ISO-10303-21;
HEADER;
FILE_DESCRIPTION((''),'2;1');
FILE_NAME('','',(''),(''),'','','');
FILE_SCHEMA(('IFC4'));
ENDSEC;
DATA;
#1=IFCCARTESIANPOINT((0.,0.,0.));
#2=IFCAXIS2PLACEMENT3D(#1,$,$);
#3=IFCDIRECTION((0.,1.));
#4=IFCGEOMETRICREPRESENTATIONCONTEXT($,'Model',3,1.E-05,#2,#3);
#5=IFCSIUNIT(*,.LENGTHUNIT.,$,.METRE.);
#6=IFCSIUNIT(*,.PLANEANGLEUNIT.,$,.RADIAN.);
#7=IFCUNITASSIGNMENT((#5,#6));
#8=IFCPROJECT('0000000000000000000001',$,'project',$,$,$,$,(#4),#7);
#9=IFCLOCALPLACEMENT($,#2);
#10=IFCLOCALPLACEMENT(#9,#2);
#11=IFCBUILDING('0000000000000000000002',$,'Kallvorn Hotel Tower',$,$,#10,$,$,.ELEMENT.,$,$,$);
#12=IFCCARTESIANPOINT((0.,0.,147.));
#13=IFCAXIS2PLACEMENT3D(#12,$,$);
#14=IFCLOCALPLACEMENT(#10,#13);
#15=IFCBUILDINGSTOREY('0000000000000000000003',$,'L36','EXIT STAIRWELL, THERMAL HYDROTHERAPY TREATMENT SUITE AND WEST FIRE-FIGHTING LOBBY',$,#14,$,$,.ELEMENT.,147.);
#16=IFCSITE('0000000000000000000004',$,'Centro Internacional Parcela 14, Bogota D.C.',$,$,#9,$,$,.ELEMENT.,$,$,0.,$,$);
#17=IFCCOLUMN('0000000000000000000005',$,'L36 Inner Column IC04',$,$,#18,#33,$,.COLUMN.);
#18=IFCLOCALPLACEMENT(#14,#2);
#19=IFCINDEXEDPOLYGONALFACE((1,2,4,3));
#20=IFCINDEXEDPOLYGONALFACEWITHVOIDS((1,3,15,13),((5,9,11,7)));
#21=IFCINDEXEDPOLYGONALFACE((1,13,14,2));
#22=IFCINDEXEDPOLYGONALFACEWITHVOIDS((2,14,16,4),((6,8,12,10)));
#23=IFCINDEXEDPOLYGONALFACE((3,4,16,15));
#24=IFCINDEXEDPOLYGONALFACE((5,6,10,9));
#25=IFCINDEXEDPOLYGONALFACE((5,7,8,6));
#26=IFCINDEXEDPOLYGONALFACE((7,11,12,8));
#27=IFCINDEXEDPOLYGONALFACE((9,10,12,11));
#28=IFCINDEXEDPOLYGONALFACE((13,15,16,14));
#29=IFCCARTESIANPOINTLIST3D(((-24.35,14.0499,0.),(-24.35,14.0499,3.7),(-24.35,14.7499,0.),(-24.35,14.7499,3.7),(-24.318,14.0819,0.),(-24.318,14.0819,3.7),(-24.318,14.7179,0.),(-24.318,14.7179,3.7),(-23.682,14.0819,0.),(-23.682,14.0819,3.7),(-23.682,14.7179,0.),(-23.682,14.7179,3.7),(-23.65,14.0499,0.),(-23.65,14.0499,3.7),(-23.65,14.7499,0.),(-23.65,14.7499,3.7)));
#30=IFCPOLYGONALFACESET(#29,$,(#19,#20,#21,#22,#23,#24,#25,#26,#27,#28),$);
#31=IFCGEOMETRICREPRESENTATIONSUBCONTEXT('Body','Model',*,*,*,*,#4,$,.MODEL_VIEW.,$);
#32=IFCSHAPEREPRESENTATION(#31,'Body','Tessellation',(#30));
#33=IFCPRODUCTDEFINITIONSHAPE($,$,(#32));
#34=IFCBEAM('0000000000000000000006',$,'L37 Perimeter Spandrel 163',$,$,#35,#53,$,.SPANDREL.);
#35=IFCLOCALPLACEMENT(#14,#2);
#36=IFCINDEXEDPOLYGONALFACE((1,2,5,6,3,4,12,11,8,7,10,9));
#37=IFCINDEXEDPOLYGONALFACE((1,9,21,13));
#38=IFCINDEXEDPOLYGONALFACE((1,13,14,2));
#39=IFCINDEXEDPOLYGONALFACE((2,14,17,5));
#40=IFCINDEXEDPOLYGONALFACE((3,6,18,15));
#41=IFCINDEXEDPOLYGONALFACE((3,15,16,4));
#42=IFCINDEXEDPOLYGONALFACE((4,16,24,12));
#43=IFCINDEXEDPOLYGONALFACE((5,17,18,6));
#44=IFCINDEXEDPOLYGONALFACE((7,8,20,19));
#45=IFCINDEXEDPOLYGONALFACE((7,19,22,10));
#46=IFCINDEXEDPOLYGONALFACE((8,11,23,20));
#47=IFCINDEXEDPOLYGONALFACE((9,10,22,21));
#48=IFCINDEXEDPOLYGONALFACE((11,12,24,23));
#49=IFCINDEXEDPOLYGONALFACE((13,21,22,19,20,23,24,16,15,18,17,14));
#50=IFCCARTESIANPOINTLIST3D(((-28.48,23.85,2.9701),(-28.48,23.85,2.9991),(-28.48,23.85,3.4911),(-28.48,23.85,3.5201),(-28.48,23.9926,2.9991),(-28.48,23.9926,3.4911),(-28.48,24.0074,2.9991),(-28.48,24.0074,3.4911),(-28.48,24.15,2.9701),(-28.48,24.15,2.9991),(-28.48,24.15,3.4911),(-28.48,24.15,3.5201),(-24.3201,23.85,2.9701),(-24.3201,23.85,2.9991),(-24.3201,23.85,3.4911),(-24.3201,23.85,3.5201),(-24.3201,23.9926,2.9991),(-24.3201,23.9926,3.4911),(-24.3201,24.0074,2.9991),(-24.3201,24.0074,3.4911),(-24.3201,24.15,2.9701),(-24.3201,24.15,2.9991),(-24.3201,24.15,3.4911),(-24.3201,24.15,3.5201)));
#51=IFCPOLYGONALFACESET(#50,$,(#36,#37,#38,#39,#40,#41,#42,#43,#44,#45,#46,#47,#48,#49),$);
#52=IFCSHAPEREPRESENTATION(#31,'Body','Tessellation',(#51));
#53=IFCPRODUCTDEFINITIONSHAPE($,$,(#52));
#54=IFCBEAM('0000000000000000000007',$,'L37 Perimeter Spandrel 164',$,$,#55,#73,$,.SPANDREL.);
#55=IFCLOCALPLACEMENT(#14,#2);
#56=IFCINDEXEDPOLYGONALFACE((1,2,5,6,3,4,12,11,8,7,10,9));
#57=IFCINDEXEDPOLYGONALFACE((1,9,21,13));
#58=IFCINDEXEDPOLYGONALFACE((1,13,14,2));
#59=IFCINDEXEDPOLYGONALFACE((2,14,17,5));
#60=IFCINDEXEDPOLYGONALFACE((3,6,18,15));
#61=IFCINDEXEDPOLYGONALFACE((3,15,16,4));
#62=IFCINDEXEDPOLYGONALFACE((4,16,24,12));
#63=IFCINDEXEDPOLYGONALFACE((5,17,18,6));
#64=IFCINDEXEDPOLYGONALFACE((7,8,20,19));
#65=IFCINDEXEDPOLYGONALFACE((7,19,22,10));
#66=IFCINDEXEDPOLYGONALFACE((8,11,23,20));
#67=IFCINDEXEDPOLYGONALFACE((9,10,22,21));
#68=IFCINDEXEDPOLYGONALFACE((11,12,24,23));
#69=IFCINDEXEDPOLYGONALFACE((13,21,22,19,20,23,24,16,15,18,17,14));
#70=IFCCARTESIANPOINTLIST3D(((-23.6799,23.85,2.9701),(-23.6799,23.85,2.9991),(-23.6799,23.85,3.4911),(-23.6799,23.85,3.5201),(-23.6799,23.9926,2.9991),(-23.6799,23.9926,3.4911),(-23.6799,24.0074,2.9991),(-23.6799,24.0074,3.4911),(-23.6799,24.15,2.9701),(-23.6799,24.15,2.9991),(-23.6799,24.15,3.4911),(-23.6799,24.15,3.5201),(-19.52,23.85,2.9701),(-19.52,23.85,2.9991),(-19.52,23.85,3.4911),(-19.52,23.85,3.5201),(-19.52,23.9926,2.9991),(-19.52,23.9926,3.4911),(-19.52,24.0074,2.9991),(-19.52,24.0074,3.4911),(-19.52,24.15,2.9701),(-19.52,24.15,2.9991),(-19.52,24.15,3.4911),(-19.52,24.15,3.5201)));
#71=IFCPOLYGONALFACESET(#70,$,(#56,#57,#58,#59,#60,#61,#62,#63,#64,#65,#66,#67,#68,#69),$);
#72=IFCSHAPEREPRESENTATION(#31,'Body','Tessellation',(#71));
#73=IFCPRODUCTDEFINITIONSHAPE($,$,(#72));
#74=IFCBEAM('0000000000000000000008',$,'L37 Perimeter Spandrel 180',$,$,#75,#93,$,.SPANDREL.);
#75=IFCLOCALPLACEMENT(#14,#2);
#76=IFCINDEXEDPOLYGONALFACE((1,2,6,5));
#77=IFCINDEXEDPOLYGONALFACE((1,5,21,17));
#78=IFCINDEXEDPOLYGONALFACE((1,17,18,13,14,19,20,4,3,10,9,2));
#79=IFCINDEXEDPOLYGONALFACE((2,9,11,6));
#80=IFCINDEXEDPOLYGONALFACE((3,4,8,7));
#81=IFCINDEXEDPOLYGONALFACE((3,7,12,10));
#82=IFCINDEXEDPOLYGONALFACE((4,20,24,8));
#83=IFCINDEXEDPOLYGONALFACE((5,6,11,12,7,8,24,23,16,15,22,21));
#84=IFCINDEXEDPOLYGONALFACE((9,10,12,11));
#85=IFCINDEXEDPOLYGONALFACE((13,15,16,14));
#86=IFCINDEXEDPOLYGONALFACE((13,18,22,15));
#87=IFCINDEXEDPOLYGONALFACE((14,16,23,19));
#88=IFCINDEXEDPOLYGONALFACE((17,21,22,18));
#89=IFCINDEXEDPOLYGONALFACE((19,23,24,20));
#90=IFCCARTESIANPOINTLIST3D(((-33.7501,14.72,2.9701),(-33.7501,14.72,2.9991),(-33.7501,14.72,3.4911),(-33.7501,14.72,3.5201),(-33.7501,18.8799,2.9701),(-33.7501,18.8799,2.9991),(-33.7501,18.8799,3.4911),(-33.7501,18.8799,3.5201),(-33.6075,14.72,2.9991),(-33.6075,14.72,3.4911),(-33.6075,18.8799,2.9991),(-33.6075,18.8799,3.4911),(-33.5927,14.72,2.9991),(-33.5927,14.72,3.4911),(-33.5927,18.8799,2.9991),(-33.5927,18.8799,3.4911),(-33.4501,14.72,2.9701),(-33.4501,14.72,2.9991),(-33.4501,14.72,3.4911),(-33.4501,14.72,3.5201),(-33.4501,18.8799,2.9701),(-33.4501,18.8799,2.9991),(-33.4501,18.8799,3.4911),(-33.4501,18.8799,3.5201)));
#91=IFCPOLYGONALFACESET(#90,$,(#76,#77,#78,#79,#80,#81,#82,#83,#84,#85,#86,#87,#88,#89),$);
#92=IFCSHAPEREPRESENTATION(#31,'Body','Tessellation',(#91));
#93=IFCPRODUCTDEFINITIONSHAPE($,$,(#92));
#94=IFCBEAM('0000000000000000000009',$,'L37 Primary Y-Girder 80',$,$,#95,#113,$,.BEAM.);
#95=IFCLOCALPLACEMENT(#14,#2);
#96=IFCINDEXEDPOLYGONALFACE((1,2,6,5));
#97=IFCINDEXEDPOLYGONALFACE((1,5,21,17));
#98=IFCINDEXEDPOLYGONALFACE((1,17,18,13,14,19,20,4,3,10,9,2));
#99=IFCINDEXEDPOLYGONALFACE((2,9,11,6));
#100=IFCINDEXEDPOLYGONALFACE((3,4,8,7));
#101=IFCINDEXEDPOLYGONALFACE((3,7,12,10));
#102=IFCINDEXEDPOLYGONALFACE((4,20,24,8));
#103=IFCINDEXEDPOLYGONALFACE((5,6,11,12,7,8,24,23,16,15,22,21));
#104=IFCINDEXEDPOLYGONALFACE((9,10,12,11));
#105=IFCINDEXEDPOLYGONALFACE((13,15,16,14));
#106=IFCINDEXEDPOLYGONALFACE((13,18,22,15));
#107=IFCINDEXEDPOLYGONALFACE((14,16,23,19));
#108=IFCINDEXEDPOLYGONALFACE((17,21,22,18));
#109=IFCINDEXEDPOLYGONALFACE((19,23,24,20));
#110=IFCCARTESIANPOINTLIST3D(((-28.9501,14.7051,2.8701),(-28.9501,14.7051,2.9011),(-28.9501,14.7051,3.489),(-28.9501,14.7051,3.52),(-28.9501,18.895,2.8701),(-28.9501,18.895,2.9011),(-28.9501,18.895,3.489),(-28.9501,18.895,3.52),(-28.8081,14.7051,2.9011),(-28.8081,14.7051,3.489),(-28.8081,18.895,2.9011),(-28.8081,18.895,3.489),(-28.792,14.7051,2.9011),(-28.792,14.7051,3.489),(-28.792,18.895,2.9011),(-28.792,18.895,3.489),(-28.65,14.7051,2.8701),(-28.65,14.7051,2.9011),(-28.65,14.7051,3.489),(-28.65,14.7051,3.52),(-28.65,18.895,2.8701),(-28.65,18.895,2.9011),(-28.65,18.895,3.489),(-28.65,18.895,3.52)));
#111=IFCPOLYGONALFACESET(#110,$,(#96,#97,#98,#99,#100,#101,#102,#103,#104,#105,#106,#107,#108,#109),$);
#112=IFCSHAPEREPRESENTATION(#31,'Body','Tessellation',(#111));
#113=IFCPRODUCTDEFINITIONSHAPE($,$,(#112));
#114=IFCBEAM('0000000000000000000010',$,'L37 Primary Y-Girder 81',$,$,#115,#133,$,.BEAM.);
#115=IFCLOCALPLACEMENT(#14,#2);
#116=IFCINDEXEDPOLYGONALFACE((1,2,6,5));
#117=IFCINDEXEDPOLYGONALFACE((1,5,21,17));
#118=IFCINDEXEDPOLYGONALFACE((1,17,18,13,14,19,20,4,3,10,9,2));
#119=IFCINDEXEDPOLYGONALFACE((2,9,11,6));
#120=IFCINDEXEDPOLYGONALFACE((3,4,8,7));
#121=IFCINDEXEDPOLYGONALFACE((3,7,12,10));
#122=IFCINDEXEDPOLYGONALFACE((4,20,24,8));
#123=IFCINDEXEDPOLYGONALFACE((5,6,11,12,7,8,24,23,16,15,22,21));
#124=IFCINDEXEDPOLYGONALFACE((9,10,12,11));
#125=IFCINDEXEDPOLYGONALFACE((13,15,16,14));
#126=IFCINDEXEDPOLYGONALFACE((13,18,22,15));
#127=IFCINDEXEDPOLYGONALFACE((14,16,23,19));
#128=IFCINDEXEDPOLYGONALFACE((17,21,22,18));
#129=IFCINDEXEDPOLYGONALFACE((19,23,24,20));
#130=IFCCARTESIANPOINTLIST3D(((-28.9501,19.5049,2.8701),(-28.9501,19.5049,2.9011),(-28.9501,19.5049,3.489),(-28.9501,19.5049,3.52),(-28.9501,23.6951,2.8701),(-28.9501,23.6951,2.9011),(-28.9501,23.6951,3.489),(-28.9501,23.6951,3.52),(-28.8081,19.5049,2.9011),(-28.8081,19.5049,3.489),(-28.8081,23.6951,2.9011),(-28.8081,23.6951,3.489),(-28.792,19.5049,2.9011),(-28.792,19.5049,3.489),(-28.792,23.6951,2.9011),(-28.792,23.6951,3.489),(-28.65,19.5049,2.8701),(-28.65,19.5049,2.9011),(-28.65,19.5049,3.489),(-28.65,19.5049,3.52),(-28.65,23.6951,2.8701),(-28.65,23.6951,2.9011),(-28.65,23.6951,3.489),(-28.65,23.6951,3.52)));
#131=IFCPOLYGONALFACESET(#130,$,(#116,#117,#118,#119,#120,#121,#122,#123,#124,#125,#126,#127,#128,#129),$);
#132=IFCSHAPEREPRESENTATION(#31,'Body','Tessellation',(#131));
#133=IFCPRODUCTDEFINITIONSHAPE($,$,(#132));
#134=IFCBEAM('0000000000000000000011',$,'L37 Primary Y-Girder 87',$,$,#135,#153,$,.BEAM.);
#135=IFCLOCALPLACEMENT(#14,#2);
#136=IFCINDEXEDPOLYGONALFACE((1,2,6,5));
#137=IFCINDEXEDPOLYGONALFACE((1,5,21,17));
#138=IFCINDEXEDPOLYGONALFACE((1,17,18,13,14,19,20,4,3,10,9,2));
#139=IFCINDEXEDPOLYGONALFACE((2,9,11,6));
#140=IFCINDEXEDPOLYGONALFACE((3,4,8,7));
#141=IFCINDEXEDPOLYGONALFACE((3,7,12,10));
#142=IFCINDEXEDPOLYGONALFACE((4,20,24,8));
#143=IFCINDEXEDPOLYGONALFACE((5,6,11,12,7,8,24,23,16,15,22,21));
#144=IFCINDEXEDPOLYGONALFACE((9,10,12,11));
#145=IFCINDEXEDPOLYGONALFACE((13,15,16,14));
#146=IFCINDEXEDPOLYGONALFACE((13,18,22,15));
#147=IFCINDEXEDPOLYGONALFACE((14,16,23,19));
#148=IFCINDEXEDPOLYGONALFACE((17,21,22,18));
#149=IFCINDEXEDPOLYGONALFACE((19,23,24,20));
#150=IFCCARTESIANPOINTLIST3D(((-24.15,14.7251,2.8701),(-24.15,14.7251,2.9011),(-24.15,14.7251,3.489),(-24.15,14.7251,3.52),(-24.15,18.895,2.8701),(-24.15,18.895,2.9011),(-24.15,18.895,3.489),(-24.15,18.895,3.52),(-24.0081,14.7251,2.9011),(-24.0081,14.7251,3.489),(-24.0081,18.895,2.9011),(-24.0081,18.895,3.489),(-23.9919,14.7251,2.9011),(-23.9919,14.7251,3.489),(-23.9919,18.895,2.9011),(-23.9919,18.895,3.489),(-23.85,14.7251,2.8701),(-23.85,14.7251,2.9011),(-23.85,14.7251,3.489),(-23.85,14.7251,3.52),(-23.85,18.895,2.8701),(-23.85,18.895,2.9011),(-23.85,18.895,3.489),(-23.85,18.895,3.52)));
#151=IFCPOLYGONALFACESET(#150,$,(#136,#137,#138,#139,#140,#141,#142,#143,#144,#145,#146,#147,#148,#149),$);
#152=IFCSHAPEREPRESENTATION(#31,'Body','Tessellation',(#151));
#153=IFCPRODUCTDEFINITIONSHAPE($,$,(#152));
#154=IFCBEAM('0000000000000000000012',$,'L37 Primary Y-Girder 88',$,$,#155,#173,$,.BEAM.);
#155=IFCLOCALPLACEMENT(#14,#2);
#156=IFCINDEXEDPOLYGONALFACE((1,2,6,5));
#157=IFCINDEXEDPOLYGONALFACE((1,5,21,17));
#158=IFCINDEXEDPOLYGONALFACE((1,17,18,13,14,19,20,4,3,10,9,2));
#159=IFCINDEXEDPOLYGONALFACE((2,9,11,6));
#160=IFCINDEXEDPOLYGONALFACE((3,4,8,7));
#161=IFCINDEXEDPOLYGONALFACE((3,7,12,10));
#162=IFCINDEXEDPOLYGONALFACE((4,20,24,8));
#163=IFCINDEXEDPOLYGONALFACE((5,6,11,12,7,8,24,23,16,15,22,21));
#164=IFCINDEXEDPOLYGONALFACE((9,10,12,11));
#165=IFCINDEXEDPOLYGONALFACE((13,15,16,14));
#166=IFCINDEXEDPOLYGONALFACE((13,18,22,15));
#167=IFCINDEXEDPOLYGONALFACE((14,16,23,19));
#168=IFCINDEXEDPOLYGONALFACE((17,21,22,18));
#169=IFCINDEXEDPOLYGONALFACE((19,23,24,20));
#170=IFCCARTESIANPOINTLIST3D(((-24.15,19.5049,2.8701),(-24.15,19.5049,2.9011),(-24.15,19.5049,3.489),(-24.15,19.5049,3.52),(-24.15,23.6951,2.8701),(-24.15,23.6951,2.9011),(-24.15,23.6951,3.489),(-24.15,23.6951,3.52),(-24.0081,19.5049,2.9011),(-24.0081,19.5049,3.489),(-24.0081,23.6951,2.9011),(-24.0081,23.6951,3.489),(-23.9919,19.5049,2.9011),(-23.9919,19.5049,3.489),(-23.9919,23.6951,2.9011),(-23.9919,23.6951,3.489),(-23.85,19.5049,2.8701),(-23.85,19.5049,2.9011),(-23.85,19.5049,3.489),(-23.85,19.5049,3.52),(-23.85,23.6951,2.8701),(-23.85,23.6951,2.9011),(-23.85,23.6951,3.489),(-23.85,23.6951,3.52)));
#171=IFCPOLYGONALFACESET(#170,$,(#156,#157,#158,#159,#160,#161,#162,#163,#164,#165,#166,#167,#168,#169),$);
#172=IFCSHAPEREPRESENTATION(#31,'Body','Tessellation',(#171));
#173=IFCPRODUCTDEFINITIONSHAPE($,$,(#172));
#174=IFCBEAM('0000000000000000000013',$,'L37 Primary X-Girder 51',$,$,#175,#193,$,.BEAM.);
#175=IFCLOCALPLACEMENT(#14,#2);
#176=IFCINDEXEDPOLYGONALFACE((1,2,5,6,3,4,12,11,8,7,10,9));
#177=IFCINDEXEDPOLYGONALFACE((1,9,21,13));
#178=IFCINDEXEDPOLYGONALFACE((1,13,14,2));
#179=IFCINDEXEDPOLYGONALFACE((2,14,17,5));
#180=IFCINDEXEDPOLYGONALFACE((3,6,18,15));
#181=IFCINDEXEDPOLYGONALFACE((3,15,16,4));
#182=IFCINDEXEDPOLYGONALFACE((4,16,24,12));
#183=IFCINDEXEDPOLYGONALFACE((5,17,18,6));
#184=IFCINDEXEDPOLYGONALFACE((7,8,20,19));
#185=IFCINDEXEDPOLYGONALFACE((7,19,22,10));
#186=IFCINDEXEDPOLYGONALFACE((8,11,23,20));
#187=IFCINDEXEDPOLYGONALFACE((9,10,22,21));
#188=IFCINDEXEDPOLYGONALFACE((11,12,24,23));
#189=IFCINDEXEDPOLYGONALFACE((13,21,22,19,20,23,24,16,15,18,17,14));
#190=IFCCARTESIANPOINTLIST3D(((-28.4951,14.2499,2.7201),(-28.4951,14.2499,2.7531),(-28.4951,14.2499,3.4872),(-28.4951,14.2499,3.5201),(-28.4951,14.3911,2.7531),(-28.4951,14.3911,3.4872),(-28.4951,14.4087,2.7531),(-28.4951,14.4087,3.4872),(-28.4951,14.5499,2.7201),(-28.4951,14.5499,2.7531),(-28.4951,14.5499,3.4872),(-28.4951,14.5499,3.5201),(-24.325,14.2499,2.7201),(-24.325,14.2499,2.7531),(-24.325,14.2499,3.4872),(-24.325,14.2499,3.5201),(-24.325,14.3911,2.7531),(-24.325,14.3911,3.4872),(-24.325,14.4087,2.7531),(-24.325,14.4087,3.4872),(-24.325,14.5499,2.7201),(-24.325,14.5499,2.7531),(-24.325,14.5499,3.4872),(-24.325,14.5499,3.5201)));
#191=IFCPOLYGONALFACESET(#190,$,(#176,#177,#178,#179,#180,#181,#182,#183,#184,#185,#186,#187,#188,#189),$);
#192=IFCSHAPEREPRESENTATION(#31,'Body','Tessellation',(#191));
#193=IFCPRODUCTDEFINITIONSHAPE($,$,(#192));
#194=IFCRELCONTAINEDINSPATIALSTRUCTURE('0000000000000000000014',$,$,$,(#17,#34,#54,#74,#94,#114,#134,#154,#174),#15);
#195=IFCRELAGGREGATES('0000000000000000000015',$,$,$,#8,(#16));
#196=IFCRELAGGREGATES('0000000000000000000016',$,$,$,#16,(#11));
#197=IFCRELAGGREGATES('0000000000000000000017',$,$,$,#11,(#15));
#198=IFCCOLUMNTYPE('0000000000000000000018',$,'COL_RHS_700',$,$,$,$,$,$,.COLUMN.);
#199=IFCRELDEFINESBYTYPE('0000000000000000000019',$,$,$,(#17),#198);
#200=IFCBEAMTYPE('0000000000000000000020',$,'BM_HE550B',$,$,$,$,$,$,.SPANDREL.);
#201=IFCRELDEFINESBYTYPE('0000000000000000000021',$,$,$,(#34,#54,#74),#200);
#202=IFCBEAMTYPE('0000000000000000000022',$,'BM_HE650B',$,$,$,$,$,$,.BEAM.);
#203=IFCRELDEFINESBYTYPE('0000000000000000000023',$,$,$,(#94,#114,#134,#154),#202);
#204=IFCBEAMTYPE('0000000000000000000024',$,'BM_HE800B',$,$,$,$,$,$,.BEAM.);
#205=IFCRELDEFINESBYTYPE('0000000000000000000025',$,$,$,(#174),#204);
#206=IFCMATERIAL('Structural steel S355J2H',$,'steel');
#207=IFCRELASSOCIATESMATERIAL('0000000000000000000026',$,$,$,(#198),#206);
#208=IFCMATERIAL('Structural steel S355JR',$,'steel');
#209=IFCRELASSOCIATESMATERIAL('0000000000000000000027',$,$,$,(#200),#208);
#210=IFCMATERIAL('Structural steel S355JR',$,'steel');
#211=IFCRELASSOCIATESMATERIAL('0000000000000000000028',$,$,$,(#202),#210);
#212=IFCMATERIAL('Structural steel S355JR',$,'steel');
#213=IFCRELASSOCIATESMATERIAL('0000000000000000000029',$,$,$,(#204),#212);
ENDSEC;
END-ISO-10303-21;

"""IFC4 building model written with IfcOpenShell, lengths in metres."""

from ifc_helpers import new_model, si_unit, direction, frame, origin, origin_2d, place, context, subcontext, project, spatial, hollow_rectangle, i_section, extrude, material, material_profile, profile_set, type_object, element, save


model = new_model("IFC4")

# Units and contexts
model_context = context("Model", 3, precision=1e-05, world=origin(), true_north=direction((0.0, 1.0)))
body_context = subcontext(model_context, "Body", "Model", "MODEL_VIEW")
ifc_project = project(units=[si_unit("LENGTHUNIT", "METRE"), si_unit("PLANEANGLEUNIT", "RADIAN")], contexts=[model_context])

# Site, building, storey
site_placement = place(None, origin())
site = spatial("IfcSite", under=ifc_project, at=site_placement, Name="Centro Internacional Parcela 14, Bogota D.C.", CompositionType="ELEMENT", RefElevation=0.0)
building_placement = place(site_placement, origin())
building = spatial("IfcBuilding", under=site, at=building_placement, Name="Kallvorn Hotel Tower", CompositionType="ELEMENT")
storey_placement = place(building_placement, frame((0.0, 0.0, 147.0)))
storey = spatial("IfcBuildingStorey", under=building, at=storey_placement, Name="L36", Description="EXIT STAIRWELL, THERMAL HYDROTHERAPY TREATMENT SUITE AND WEST FIRE-FIGHTING LOBBY", CompositionType="ELEMENT", Elevation=147.0)

# Column
ifc_material_1 = material(Name="Structural steel S355J2H", Category="steel")
ifc_material_profile_1 = material_profile(ifc_material_1, hollow_rectangle(XDim=0.7, YDim=0.7, WallThickness=0.032, at=origin_2d()), Name="RHS 700x700x32")
ifc_profile_set_1 = profile_set([ifc_material_profile_1], Name="Structural steel S355J2H")
column_type_1 = type_object("IfcColumnType", Name="COL_RHS_700", PredefinedType="COLUMN", material=ifc_profile_set_1)
column_placement = place(storey_placement, frame((-24.0, 14.3999, 0.0), z_axis=(0.0, 0.0, 1.0), x_axis=(1.0, 0.0, 0.0)))
element("IfcColumn", 1, at=column_placement, inside=storey, type_object=column_type_1, Name="L36 Inner Column IC04", PredefinedType="COLUMN", context=body_context, shape_type="SweptSolid", body=[
    extrude(hollow_rectangle(XDim=0.7, YDim=0.7, WallThickness=0.032, at=origin_2d()), origin(), (0.0, 0.0, 1.0), 3.7),
])

# Beams
ifc_material_2 = material(Name="Structural steel S355JR", Category="steel")
ifc_material_profile_2 = material_profile(ifc_material_2, i_section(OverallWidth=0.3, OverallDepth=0.55, WebThickness=0.0149, FlangeThickness=0.0291, at=origin_2d()), Name="HE 550 B")
ifc_profile_set_2 = profile_set([ifc_material_profile_2], Name="Structural steel S355JR")
beam_type_1 = type_object("IfcBeamType", Name="BM_HE550B", PredefinedType="SPANDREL", material=ifc_profile_set_2)
for number, where, z_axis, x_axis, name in (
    (2, (-28.48, 24.0, 3.2451), (1.0, 0.0, 0.0), (0.0, 1.0, 0.0), "L37 Perimeter Spandrel 163"),
    (3, (-23.6799, 24.0, 3.2451), (1.0, 0.0, 0.0), (0.0, 1.0, 0.0), "L37 Perimeter Spandrel 164"),
    (4, (-33.6001, 14.72, 3.2451), (0.0, 1.0, 0.0), (-1.0, 0.0, 0.0), "L37 Perimeter Spandrel 180"),
):
    element("IfcBeam", number, at=place(storey_placement, frame(where, z_axis=z_axis, x_axis=x_axis)), inside=storey, type_object=beam_type_1, Name=name, PredefinedType="SPANDREL", context=body_context, shape_type="SweptSolid", body=[
        extrude(i_section(OverallWidth=0.3, OverallDepth=0.55, WebThickness=0.0149, FlangeThickness=0.0291, at=origin_2d()), origin(), (0.0, 0.0, 1.0), 4.1599),
    ])
ifc_material_3 = material(Name="Structural steel S355JR", Category="steel")
ifc_material_profile_3 = material_profile(ifc_material_3, i_section(OverallWidth=0.3, OverallDepth=0.6499, WebThickness=0.0161, FlangeThickness=0.031, at=origin_2d()), Name="HE 650 B")
ifc_profile_set_3 = profile_set([ifc_material_profile_3], Name="Structural steel S355JR")
beam_type_2 = type_object("IfcBeamType", Name="BM_HE650B", PredefinedType="BEAM", material=ifc_profile_set_3)
beam_1_placement = place(storey_placement, frame((-28.8, 14.7051, 3.1951), z_axis=(0.0, 1.0, 0.0), x_axis=(-1.0, 0.0, 0.0)))
element("IfcBeam", 5, at=beam_1_placement, inside=storey, type_object=beam_type_2, Name="L37 Primary Y-Girder 80", PredefinedType="BEAM", context=body_context, shape_type="SweptSolid", body=[
    extrude(i_section(OverallWidth=0.3, OverallDepth=0.6499, WebThickness=0.0161, FlangeThickness=0.031, at=origin_2d()), origin(), (0.0, 0.0, 1.0), 4.1899),
])
beam_2_placement = place(storey_placement, frame((-28.8, 19.5049, 3.1951), z_axis=(0.0, 1.0, 0.0), x_axis=(-1.0, 0.0, 0.0)))
element("IfcBeam", 6, at=beam_2_placement, inside=storey, type_object=beam_type_2, Name="L37 Primary Y-Girder 81", PredefinedType="BEAM", context=body_context, shape_type="SweptSolid", body=[
    extrude(i_section(OverallWidth=0.3, OverallDepth=0.6499, WebThickness=0.0161, FlangeThickness=0.031, at=origin_2d()), origin(), (0.0, 0.0, 1.0), 4.1902),
])
beam_3_placement = place(storey_placement, frame((-24.0, 14.7251, 3.1951), z_axis=(0.0, 1.0, 0.0), x_axis=(-1.0, 0.0, 0.0)))
element("IfcBeam", 7, at=beam_3_placement, inside=storey, type_object=beam_type_2, Name="L37 Primary Y-Girder 87", PredefinedType="BEAM", context=body_context, shape_type="SweptSolid", body=[
    extrude(i_section(OverallWidth=0.3, OverallDepth=0.6499, WebThickness=0.0161, FlangeThickness=0.031, at=origin_2d()), origin(), (0.0, 0.0, 1.0), 4.1699),
])
beam_4_placement = place(storey_placement, frame((-24.0, 19.5049, 3.1951), z_axis=(0.0, 1.0, 0.0), x_axis=(-1.0, 0.0, 0.0)))
element("IfcBeam", 8, at=beam_4_placement, inside=storey, type_object=beam_type_2, Name="L37 Primary Y-Girder 88", PredefinedType="BEAM", context=body_context, shape_type="SweptSolid", body=[
    extrude(i_section(OverallWidth=0.3, OverallDepth=0.6499, WebThickness=0.0161, FlangeThickness=0.031, at=origin_2d()), origin(), (0.0, 0.0, 1.0), 4.1902),
])
ifc_material_4 = material(Name="Structural steel S355JR", Category="steel")
ifc_material_profile_4 = material_profile(ifc_material_4, i_section(OverallWidth=0.3, OverallDepth=0.8, WebThickness=0.0176, FlangeThickness=0.033, at=origin_2d()), Name="HE 800 B")
ifc_profile_set_4 = profile_set([ifc_material_profile_4], Name="Structural steel S355JR")
beam_type_3 = type_object("IfcBeamType", Name="BM_HE800B", PredefinedType="BEAM", material=ifc_profile_set_4)
for number, where, z_axis, x_axis, name in (
    (9, (-28.4951, 14.3999, 3.1201), (1.0, 0.0, 0.0), (0.0, 1.0, 0.0), "L37 Primary X-Girder 51"),
):
    element("IfcBeam", number, at=place(storey_placement, frame(where, z_axis=z_axis, x_axis=x_axis)), inside=storey, type_object=beam_type_3, Name=name, PredefinedType="BEAM", context=body_context, shape_type="SweptSolid", body=[
        extrude(i_section(OverallWidth=0.3, OverallDepth=0.8, WebThickness=0.0176, FlangeThickness=0.033, at=origin_2d()), origin(), (0.0, 0.0, 1.0), 4.1702),
    ])

save(model, "model.ifc")
